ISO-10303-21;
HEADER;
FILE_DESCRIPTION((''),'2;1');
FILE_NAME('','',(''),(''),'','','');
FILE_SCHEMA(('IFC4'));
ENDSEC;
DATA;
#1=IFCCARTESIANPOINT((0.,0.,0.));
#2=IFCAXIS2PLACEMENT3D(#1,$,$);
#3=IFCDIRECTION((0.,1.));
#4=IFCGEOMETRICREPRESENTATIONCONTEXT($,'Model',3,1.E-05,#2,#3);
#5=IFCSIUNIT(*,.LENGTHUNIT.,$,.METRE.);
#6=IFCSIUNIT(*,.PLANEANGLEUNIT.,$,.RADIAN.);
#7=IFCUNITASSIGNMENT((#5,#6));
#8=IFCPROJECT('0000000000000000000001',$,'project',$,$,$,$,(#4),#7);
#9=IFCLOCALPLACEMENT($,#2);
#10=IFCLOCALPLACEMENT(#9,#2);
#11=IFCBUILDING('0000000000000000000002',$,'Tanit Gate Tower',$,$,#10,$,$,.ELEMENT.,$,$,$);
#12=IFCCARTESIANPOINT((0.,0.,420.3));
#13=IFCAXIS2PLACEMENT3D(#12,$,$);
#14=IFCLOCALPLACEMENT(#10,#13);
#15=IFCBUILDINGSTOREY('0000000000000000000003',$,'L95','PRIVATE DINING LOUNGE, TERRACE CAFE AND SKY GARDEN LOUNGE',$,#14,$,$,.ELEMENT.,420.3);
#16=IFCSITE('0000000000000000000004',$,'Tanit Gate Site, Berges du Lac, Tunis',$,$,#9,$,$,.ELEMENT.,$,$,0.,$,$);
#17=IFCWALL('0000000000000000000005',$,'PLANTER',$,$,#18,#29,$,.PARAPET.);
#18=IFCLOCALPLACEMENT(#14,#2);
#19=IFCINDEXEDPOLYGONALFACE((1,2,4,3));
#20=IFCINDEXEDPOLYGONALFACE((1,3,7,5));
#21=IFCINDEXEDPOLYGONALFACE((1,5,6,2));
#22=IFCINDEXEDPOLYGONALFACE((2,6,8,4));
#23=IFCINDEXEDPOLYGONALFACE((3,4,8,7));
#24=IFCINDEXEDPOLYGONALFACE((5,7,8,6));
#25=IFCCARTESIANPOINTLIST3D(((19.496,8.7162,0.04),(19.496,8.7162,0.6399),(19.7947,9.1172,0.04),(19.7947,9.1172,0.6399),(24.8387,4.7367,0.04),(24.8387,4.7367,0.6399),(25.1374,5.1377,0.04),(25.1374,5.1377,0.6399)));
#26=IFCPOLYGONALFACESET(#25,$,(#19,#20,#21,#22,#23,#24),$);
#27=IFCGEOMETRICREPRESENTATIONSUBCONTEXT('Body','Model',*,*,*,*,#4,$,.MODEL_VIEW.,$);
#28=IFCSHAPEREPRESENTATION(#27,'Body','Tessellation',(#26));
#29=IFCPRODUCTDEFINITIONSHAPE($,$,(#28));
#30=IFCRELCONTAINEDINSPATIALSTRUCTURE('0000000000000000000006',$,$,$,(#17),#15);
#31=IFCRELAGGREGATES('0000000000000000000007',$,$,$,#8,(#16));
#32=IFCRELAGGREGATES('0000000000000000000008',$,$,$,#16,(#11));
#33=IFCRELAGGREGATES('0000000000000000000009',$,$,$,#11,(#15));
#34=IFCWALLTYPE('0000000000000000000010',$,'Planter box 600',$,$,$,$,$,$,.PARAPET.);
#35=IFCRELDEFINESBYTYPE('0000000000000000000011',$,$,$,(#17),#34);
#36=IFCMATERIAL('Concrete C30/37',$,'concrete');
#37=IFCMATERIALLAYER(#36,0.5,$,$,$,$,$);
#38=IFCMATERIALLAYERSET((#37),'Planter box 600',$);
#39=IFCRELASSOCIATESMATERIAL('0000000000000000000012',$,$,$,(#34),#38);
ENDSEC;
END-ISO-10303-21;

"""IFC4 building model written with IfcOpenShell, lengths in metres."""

from ifc_helpers import new_model, si_unit, direction, frame, frame_2d, origin, place, context, subcontext, project, spatial, rectangle, extrude, material, layer, layer_set, type_object, element, save


model = new_model("IFC4")

# Units and contexts
model_context = context("Model", 3, precision=1e-05, world=origin(), true_north=direction((0.0, 1.0)))
body_context = subcontext(model_context, "Body", "Model", "MODEL_VIEW")
ifc_project = project(units=[si_unit("LENGTHUNIT", "METRE"), si_unit("PLANEANGLEUNIT", "RADIAN")], contexts=[model_context])

# Site, building, storey
site_placement = place(None, origin())
site = spatial("IfcSite", under=ifc_project, at=site_placement, Name="Tanit Gate Site, Berges du Lac, Tunis", CompositionType="ELEMENT", RefElevation=0.0)
building_placement = place(site_placement, origin())
building = spatial("IfcBuilding", under=site, at=building_placement, Name="Tanit Gate Tower", CompositionType="ELEMENT")
storey_placement = place(building_placement, frame((0.0, 0.0, 420.3)))
storey = spatial("IfcBuildingStorey", under=building, at=storey_placement, Name="L95", Description="PRIVATE DINING LOUNGE, TERRACE CAFE AND SKY GARDEN LOUNGE", CompositionType="ELEMENT", Elevation=420.3)

# Wall
ifc_material_1 = material(Name="Concrete C30/37", Category="concrete")
ifc_layer_1 = layer(ifc_material_1, 0.5)
ifc_layer_set_1 = layer_set([ifc_layer_1], Name="Planter box 600")
wall_type_1 = type_object("IfcWallType", Name="Planter box 600", PredefinedType="PARAPET", material=ifc_layer_set_1)
wall_1_placement = place(storey_placement, frame((19.6453, 8.9167, 0.04), z_axis=(0.0, 0.0, 1.0), x_axis=(0.801983, -0.597346, 0.0)))
element("IfcWall", 1, at=wall_1_placement, inside=storey, type_object=wall_type_1, Name="PLANTER", PredefinedType="PARAPET", context=body_context, shape_type="SweptSolid", body=[
    extrude(rectangle(XDim=6.6619, YDim=0.5, at=frame_2d((3.3311, 0.0))), origin(), (0.0, 0.0, 1.0), 0.5999),
])

save(model, "model.ifc")
